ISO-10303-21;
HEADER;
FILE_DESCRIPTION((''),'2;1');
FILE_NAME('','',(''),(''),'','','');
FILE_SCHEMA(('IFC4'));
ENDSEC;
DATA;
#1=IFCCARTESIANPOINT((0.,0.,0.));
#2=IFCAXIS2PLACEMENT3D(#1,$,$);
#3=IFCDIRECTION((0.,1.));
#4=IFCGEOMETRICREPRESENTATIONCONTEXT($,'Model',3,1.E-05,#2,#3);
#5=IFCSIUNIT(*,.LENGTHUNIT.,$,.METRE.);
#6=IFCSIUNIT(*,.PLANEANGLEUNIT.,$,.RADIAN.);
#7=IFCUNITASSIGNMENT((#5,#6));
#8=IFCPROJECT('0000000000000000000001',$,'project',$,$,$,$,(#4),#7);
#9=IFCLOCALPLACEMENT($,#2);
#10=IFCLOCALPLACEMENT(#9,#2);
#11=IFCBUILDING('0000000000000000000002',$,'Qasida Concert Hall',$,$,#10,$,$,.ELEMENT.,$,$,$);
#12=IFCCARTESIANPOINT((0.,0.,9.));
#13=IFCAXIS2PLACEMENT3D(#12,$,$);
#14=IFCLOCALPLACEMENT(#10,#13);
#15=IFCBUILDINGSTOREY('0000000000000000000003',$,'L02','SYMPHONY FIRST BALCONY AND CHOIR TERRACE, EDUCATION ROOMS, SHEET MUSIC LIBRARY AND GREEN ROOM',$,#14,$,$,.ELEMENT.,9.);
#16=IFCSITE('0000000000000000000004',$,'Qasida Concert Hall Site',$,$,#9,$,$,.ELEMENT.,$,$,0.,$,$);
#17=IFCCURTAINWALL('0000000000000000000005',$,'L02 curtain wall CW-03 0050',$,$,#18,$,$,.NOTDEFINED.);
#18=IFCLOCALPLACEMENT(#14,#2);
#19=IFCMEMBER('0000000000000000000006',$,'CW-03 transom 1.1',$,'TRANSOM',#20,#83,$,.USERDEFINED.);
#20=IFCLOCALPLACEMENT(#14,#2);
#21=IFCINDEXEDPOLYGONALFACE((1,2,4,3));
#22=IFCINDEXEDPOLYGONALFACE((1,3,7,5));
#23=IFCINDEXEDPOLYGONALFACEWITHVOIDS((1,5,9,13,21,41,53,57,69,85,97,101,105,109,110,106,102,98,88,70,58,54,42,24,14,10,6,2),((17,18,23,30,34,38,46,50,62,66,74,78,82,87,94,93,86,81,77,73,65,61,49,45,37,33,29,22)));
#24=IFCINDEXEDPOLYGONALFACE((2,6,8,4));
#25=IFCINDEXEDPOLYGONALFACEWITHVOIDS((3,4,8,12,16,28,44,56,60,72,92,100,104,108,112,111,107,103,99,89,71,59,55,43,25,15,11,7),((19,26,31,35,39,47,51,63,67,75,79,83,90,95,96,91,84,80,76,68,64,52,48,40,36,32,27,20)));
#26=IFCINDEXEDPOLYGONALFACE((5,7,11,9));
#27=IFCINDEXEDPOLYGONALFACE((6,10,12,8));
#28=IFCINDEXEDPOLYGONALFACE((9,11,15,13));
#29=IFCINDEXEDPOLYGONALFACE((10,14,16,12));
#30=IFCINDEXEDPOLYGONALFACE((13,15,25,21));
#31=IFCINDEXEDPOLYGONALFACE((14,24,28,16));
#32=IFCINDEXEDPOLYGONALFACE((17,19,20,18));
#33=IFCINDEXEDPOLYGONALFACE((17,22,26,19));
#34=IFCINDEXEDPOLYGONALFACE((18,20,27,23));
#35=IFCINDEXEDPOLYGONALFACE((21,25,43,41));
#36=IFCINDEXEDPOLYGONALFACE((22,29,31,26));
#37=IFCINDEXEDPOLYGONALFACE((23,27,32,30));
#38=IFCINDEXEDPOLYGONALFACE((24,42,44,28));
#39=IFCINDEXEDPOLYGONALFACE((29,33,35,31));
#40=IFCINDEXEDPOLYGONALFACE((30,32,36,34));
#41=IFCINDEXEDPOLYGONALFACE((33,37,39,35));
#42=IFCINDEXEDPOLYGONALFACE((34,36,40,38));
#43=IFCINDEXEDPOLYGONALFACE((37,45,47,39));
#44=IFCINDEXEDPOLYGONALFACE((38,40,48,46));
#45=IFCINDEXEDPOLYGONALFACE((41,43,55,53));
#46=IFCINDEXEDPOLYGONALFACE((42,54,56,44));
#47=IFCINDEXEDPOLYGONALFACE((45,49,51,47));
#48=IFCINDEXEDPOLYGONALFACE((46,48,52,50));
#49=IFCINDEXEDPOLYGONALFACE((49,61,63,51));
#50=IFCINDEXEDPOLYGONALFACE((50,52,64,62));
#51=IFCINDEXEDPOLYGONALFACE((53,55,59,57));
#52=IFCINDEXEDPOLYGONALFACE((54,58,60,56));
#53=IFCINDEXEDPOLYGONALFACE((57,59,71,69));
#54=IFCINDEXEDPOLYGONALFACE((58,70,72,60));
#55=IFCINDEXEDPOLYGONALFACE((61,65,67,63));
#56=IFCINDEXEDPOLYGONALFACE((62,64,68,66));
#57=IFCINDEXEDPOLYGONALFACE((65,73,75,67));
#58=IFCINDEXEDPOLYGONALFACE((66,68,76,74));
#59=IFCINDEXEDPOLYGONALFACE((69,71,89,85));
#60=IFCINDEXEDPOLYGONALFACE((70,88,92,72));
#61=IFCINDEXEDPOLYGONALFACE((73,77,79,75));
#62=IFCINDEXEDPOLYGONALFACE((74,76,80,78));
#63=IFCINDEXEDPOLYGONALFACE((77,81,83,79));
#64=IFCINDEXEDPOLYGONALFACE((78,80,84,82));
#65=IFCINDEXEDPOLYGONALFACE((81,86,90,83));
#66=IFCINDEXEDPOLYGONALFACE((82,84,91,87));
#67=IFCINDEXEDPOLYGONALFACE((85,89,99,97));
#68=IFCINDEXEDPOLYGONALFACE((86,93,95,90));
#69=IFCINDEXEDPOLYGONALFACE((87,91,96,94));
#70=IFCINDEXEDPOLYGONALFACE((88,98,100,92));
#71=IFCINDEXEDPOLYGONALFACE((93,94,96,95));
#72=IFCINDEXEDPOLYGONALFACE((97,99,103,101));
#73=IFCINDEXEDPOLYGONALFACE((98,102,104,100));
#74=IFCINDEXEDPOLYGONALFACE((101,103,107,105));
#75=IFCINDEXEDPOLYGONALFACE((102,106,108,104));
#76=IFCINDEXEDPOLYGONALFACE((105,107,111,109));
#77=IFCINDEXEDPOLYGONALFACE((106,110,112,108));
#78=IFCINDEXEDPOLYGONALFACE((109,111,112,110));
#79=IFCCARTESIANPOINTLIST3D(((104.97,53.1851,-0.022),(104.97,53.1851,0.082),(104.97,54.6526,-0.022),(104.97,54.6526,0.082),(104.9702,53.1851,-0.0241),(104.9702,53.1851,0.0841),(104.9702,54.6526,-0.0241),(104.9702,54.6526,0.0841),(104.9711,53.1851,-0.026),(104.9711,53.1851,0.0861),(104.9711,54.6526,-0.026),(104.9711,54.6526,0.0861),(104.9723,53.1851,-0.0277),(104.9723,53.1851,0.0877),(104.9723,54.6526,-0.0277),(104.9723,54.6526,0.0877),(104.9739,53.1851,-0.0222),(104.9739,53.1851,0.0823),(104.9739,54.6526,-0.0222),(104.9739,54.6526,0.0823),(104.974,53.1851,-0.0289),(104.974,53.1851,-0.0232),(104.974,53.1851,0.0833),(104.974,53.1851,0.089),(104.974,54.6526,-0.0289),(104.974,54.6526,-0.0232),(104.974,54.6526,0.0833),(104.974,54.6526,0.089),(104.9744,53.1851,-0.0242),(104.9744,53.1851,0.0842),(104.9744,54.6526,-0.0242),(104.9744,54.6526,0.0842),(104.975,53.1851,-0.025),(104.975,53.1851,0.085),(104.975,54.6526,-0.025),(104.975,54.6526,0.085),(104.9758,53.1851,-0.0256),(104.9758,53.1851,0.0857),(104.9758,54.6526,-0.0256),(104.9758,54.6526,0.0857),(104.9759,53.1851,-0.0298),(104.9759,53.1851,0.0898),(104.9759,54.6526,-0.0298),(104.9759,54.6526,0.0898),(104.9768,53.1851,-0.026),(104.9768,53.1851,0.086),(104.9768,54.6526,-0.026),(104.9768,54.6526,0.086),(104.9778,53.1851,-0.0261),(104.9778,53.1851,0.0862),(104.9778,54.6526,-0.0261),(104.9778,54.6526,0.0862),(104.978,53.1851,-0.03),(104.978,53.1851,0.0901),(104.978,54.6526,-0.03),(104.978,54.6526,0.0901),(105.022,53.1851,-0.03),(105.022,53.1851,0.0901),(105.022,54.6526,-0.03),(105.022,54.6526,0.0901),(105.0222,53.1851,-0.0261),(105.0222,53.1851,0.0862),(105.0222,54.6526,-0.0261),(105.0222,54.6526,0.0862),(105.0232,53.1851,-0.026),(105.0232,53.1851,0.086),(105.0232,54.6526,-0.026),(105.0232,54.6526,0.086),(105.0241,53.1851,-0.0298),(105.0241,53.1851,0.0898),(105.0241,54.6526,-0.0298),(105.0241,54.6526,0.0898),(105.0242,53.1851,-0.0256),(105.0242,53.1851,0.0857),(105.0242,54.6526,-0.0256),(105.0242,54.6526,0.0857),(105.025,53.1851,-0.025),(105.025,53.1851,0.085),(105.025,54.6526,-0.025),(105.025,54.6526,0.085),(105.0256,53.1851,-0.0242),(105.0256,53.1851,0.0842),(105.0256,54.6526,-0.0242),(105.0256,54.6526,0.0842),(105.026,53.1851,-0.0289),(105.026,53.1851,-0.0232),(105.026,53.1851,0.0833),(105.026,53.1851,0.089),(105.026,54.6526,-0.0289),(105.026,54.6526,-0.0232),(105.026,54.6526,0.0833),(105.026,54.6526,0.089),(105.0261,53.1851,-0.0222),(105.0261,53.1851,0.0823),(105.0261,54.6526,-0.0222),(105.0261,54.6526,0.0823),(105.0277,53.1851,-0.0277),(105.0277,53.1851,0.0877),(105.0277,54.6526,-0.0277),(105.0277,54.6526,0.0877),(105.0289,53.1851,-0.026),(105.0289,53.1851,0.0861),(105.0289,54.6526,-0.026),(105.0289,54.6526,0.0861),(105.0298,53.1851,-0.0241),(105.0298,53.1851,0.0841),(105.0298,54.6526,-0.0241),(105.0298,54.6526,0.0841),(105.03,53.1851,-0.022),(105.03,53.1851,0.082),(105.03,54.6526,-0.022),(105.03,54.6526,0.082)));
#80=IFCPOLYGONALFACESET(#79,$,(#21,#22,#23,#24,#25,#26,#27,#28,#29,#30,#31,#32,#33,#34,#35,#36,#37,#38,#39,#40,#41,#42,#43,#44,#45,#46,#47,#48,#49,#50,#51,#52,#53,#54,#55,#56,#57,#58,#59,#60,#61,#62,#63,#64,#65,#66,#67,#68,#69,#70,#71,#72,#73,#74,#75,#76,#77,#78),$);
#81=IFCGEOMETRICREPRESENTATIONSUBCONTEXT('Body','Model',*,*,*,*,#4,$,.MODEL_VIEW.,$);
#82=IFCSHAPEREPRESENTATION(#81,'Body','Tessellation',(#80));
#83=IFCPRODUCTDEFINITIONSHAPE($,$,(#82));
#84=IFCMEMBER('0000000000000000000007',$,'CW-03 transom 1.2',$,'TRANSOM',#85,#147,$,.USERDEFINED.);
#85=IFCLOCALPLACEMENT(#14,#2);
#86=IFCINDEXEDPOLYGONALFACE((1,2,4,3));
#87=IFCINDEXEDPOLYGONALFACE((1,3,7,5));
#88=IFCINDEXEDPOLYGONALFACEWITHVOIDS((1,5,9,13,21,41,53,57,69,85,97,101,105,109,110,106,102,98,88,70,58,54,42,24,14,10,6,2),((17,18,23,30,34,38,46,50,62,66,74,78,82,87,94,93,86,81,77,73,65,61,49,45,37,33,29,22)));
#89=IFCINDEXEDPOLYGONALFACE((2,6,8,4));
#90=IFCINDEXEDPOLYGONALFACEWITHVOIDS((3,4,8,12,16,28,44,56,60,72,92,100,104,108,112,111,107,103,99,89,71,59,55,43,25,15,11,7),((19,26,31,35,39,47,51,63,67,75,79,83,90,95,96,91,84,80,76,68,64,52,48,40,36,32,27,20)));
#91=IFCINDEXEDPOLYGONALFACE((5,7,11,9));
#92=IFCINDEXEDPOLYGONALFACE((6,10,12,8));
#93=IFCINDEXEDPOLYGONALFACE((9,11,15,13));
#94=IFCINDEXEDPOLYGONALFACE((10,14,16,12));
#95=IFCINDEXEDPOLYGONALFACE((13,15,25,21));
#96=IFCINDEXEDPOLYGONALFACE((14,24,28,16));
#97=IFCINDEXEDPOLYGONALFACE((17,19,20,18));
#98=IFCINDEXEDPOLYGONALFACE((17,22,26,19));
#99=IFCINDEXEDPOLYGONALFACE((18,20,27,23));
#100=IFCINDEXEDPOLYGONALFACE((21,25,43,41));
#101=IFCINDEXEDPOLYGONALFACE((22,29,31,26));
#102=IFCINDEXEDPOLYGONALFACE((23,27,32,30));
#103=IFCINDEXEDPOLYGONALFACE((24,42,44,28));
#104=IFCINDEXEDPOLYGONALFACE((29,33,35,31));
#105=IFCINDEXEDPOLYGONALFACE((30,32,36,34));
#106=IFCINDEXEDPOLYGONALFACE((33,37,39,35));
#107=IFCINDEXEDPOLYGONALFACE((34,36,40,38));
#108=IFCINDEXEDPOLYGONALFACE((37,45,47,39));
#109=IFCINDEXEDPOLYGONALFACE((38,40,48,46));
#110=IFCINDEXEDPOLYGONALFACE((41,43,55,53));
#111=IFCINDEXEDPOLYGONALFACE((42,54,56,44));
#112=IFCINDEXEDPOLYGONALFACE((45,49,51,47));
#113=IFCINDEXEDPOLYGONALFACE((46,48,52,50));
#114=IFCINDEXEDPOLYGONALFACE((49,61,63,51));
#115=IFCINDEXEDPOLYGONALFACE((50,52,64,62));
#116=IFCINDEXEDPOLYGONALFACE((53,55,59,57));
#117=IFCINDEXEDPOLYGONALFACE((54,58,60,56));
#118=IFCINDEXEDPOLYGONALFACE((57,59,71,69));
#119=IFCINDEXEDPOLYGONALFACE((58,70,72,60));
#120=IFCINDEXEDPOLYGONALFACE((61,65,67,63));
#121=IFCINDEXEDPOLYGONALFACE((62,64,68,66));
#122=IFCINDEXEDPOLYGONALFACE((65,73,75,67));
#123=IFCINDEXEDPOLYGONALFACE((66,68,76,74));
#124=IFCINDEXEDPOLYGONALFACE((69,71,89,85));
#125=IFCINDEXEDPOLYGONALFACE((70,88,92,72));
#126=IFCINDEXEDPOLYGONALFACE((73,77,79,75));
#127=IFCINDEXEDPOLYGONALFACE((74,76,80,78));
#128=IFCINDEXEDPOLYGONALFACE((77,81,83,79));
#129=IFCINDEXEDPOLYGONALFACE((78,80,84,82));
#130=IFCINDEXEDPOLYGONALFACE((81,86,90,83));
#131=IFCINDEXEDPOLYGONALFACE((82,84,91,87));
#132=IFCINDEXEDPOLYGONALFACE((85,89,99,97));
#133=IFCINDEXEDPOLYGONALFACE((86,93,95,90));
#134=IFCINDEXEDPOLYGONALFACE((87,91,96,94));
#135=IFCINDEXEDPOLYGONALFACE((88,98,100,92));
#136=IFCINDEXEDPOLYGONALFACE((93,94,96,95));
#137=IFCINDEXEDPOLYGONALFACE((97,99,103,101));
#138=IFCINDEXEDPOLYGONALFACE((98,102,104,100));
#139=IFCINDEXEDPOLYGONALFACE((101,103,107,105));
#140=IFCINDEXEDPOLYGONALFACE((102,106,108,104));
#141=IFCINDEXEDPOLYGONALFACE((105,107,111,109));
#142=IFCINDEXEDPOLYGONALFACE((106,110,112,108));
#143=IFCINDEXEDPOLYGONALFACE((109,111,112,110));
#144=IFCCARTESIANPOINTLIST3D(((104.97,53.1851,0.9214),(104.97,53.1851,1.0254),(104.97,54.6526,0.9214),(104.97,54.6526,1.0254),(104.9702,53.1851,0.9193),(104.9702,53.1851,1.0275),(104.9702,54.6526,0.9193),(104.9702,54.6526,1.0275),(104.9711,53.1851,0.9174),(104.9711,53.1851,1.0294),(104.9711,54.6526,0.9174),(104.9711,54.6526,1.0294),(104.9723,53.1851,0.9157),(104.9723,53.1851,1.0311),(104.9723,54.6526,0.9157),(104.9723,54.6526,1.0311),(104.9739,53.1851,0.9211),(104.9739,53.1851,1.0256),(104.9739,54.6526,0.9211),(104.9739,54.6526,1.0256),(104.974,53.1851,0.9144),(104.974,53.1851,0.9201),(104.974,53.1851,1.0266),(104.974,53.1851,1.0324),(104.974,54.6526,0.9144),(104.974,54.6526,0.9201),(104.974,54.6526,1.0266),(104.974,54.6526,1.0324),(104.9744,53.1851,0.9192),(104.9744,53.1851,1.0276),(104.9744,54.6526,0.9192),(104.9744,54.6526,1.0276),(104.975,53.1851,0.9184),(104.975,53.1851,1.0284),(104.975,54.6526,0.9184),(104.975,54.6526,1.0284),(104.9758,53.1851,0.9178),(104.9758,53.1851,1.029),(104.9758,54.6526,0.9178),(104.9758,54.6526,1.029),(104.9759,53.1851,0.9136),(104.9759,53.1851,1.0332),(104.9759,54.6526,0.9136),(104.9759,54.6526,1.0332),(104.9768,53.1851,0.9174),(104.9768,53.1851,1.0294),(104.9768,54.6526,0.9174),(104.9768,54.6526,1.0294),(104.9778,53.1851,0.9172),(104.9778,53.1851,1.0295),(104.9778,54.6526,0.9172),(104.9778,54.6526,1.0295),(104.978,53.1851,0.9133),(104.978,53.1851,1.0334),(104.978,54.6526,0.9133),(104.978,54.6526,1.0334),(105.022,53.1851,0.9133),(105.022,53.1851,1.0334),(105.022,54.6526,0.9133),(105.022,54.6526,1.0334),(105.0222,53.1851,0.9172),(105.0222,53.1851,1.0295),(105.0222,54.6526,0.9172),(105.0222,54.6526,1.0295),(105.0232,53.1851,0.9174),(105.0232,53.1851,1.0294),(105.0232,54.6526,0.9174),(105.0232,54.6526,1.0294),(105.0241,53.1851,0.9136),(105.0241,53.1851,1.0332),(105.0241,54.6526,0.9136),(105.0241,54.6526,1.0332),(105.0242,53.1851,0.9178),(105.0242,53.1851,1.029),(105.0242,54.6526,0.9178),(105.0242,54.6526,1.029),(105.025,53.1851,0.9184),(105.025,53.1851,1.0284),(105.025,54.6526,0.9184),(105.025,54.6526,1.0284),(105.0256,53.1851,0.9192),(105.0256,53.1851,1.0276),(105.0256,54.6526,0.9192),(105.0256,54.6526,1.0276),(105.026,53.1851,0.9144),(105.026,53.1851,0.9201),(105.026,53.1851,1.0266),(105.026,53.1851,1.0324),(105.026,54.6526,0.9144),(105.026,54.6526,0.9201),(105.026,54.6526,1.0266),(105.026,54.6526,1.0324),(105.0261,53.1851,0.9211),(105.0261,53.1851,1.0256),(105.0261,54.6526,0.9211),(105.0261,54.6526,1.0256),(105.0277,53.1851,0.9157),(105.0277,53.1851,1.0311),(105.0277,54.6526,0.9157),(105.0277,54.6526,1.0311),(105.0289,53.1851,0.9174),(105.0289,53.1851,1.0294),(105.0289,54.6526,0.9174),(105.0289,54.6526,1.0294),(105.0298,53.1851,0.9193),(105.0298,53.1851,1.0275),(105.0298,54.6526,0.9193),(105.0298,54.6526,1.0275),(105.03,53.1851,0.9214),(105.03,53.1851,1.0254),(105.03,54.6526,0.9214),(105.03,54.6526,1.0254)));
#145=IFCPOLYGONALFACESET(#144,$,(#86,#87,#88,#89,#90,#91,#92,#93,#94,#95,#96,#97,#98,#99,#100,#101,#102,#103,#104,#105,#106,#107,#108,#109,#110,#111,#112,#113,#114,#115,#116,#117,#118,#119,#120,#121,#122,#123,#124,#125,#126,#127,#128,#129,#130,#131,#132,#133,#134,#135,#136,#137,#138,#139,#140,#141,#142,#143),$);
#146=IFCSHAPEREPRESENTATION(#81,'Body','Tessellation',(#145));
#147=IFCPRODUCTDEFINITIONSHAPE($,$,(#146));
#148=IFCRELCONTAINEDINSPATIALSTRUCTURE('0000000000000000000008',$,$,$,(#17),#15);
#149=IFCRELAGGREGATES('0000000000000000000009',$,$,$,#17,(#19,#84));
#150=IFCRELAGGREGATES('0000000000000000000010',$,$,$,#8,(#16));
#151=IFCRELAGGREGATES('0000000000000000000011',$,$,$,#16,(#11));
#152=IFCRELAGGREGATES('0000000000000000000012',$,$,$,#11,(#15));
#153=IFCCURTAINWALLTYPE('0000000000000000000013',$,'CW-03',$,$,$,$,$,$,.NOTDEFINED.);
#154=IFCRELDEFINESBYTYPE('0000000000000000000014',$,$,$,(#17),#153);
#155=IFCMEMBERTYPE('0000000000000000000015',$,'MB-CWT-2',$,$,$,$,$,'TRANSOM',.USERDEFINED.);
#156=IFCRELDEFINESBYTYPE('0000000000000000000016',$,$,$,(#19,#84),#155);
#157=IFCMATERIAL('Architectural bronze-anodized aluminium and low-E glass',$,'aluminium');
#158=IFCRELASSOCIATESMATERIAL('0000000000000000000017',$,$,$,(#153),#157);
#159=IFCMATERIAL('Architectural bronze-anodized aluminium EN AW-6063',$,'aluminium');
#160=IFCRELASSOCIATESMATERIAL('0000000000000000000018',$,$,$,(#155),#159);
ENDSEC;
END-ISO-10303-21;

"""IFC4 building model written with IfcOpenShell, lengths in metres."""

from ifc_helpers import new_model, si_unit, direction, frame, origin, origin_2d, place, context, subcontext, project, spatial, hollow_rectangle, extrude, material, material_profile, profile_set, type_object, element, aggregate, save


model = new_model("IFC4")

# Units and contexts
model_context = context("Model", 3, precision=1e-05, world=origin(), true_north=direction((0.0, 1.0)))
body_context = subcontext(model_context, "Body", "Model", "MODEL_VIEW")
ifc_project = project(units=[si_unit("LENGTHUNIT", "METRE"), si_unit("PLANEANGLEUNIT", "RADIAN")], contexts=[model_context])

# Site, building, storey
site_placement = place(None, origin())
site = spatial("IfcSite", under=ifc_project, at=site_placement, Name="Qasida Concert Hall Site", CompositionType="ELEMENT", RefElevation=0.0)
building_placement = place(site_placement, origin())
building = spatial("IfcBuilding", under=site, at=building_placement, Name="Qasida Concert Hall", CompositionType="ELEMENT")
storey_placement = place(building_placement, frame((0.0, 0.0, 9.0)))
storey = spatial("IfcBuildingStorey", under=building, at=storey_placement, Name="L02", Description="SYMPHONY FIRST BALCONY AND CHOIR TERRACE, EDUCATION ROOMS, SHEET MUSIC LIBRARY AND GREEN ROOM", CompositionType="ELEMENT", Elevation=9.0)

# Curtain wall
ifc_material_1 = material(Name="Architectural bronze-anodized aluminium and low-E glass", Category="aluminium")
curtain_wall_type_1 = type_object("IfcCurtainWallType", Name="CW-03", PredefinedType="NOTDEFINED", material=ifc_material_1)
curtain_wall_1_placement = place(storey_placement, origin())
curtain_wall_1 = element("IfcCurtainWall", 1, at=curtain_wall_1_placement, inside=storey, type_object=curtain_wall_type_1, Name="L02 curtain wall CW-03 0050", PredefinedType="NOTDEFINED")
ifc_material_2 = material(Name="Architectural bronze-anodized aluminium EN AW-6063", Category="aluminium")

# Shared definitions
ifc_material_profile_1 = material_profile(ifc_material_2, hollow_rectangle(XDim=0.0601, YDim=0.1201, WallThickness=0.0039, InnerFilletRadius=0.0039, OuterFilletRadius=0.0081, at=origin_2d()), Name="CWT 120x60x4")
ifc_profile_set_1 = profile_set([ifc_material_profile_1], Name="Architectural bronze-anodized aluminium EN AW-6063")
member_type_1 = type_object("IfcMemberType", Name="MB-CWT-2", ElementType="TRANSOM", PredefinedType="USERDEFINED", material=ifc_profile_set_1)

# Members
member_1_placement = place(storey_placement, frame((105.0, 53.1851, 0.03), z_axis=(0.0, 1.0, 0.0), x_axis=(-1.0, 0.0, 0.0)))
member_1 = element("IfcMember", 2, at=member_1_placement, type_object=member_type_1, Name="CW-03 transom 1.1", ObjectType="TRANSOM", PredefinedType="USERDEFINED", context=body_context, shape_type="SweptSolid", body=[
    extrude(hollow_rectangle(XDim=0.0601, YDim=0.1201, WallThickness=0.0039, InnerFilletRadius=0.0039, OuterFilletRadius=0.0081, at=origin_2d()), origin(), (0.0, 0.0, 1.0), 1.4675),
])
member_2_placement = place(storey_placement, frame((105.0, 53.1851, 0.9734), z_axis=(0.0, 1.0, 0.0), x_axis=(-1.0, 0.0, 0.0)))
member_2 = element("IfcMember", 3, at=member_2_placement, type_object=member_type_1, Name="CW-03 transom 1.2", ObjectType="TRANSOM", PredefinedType="USERDEFINED", context=body_context, shape_type="SweptSolid", body=[
    extrude(hollow_rectangle(XDim=0.0601, YDim=0.1201, WallThickness=0.0039, InnerFilletRadius=0.0039, OuterFilletRadius=0.0081, at=origin_2d()), origin(), (0.0, 0.0, 1.0), 1.4675),
])
aggregate(curtain_wall_1, [member_1, member_2])

save(model, "model.ifc")
